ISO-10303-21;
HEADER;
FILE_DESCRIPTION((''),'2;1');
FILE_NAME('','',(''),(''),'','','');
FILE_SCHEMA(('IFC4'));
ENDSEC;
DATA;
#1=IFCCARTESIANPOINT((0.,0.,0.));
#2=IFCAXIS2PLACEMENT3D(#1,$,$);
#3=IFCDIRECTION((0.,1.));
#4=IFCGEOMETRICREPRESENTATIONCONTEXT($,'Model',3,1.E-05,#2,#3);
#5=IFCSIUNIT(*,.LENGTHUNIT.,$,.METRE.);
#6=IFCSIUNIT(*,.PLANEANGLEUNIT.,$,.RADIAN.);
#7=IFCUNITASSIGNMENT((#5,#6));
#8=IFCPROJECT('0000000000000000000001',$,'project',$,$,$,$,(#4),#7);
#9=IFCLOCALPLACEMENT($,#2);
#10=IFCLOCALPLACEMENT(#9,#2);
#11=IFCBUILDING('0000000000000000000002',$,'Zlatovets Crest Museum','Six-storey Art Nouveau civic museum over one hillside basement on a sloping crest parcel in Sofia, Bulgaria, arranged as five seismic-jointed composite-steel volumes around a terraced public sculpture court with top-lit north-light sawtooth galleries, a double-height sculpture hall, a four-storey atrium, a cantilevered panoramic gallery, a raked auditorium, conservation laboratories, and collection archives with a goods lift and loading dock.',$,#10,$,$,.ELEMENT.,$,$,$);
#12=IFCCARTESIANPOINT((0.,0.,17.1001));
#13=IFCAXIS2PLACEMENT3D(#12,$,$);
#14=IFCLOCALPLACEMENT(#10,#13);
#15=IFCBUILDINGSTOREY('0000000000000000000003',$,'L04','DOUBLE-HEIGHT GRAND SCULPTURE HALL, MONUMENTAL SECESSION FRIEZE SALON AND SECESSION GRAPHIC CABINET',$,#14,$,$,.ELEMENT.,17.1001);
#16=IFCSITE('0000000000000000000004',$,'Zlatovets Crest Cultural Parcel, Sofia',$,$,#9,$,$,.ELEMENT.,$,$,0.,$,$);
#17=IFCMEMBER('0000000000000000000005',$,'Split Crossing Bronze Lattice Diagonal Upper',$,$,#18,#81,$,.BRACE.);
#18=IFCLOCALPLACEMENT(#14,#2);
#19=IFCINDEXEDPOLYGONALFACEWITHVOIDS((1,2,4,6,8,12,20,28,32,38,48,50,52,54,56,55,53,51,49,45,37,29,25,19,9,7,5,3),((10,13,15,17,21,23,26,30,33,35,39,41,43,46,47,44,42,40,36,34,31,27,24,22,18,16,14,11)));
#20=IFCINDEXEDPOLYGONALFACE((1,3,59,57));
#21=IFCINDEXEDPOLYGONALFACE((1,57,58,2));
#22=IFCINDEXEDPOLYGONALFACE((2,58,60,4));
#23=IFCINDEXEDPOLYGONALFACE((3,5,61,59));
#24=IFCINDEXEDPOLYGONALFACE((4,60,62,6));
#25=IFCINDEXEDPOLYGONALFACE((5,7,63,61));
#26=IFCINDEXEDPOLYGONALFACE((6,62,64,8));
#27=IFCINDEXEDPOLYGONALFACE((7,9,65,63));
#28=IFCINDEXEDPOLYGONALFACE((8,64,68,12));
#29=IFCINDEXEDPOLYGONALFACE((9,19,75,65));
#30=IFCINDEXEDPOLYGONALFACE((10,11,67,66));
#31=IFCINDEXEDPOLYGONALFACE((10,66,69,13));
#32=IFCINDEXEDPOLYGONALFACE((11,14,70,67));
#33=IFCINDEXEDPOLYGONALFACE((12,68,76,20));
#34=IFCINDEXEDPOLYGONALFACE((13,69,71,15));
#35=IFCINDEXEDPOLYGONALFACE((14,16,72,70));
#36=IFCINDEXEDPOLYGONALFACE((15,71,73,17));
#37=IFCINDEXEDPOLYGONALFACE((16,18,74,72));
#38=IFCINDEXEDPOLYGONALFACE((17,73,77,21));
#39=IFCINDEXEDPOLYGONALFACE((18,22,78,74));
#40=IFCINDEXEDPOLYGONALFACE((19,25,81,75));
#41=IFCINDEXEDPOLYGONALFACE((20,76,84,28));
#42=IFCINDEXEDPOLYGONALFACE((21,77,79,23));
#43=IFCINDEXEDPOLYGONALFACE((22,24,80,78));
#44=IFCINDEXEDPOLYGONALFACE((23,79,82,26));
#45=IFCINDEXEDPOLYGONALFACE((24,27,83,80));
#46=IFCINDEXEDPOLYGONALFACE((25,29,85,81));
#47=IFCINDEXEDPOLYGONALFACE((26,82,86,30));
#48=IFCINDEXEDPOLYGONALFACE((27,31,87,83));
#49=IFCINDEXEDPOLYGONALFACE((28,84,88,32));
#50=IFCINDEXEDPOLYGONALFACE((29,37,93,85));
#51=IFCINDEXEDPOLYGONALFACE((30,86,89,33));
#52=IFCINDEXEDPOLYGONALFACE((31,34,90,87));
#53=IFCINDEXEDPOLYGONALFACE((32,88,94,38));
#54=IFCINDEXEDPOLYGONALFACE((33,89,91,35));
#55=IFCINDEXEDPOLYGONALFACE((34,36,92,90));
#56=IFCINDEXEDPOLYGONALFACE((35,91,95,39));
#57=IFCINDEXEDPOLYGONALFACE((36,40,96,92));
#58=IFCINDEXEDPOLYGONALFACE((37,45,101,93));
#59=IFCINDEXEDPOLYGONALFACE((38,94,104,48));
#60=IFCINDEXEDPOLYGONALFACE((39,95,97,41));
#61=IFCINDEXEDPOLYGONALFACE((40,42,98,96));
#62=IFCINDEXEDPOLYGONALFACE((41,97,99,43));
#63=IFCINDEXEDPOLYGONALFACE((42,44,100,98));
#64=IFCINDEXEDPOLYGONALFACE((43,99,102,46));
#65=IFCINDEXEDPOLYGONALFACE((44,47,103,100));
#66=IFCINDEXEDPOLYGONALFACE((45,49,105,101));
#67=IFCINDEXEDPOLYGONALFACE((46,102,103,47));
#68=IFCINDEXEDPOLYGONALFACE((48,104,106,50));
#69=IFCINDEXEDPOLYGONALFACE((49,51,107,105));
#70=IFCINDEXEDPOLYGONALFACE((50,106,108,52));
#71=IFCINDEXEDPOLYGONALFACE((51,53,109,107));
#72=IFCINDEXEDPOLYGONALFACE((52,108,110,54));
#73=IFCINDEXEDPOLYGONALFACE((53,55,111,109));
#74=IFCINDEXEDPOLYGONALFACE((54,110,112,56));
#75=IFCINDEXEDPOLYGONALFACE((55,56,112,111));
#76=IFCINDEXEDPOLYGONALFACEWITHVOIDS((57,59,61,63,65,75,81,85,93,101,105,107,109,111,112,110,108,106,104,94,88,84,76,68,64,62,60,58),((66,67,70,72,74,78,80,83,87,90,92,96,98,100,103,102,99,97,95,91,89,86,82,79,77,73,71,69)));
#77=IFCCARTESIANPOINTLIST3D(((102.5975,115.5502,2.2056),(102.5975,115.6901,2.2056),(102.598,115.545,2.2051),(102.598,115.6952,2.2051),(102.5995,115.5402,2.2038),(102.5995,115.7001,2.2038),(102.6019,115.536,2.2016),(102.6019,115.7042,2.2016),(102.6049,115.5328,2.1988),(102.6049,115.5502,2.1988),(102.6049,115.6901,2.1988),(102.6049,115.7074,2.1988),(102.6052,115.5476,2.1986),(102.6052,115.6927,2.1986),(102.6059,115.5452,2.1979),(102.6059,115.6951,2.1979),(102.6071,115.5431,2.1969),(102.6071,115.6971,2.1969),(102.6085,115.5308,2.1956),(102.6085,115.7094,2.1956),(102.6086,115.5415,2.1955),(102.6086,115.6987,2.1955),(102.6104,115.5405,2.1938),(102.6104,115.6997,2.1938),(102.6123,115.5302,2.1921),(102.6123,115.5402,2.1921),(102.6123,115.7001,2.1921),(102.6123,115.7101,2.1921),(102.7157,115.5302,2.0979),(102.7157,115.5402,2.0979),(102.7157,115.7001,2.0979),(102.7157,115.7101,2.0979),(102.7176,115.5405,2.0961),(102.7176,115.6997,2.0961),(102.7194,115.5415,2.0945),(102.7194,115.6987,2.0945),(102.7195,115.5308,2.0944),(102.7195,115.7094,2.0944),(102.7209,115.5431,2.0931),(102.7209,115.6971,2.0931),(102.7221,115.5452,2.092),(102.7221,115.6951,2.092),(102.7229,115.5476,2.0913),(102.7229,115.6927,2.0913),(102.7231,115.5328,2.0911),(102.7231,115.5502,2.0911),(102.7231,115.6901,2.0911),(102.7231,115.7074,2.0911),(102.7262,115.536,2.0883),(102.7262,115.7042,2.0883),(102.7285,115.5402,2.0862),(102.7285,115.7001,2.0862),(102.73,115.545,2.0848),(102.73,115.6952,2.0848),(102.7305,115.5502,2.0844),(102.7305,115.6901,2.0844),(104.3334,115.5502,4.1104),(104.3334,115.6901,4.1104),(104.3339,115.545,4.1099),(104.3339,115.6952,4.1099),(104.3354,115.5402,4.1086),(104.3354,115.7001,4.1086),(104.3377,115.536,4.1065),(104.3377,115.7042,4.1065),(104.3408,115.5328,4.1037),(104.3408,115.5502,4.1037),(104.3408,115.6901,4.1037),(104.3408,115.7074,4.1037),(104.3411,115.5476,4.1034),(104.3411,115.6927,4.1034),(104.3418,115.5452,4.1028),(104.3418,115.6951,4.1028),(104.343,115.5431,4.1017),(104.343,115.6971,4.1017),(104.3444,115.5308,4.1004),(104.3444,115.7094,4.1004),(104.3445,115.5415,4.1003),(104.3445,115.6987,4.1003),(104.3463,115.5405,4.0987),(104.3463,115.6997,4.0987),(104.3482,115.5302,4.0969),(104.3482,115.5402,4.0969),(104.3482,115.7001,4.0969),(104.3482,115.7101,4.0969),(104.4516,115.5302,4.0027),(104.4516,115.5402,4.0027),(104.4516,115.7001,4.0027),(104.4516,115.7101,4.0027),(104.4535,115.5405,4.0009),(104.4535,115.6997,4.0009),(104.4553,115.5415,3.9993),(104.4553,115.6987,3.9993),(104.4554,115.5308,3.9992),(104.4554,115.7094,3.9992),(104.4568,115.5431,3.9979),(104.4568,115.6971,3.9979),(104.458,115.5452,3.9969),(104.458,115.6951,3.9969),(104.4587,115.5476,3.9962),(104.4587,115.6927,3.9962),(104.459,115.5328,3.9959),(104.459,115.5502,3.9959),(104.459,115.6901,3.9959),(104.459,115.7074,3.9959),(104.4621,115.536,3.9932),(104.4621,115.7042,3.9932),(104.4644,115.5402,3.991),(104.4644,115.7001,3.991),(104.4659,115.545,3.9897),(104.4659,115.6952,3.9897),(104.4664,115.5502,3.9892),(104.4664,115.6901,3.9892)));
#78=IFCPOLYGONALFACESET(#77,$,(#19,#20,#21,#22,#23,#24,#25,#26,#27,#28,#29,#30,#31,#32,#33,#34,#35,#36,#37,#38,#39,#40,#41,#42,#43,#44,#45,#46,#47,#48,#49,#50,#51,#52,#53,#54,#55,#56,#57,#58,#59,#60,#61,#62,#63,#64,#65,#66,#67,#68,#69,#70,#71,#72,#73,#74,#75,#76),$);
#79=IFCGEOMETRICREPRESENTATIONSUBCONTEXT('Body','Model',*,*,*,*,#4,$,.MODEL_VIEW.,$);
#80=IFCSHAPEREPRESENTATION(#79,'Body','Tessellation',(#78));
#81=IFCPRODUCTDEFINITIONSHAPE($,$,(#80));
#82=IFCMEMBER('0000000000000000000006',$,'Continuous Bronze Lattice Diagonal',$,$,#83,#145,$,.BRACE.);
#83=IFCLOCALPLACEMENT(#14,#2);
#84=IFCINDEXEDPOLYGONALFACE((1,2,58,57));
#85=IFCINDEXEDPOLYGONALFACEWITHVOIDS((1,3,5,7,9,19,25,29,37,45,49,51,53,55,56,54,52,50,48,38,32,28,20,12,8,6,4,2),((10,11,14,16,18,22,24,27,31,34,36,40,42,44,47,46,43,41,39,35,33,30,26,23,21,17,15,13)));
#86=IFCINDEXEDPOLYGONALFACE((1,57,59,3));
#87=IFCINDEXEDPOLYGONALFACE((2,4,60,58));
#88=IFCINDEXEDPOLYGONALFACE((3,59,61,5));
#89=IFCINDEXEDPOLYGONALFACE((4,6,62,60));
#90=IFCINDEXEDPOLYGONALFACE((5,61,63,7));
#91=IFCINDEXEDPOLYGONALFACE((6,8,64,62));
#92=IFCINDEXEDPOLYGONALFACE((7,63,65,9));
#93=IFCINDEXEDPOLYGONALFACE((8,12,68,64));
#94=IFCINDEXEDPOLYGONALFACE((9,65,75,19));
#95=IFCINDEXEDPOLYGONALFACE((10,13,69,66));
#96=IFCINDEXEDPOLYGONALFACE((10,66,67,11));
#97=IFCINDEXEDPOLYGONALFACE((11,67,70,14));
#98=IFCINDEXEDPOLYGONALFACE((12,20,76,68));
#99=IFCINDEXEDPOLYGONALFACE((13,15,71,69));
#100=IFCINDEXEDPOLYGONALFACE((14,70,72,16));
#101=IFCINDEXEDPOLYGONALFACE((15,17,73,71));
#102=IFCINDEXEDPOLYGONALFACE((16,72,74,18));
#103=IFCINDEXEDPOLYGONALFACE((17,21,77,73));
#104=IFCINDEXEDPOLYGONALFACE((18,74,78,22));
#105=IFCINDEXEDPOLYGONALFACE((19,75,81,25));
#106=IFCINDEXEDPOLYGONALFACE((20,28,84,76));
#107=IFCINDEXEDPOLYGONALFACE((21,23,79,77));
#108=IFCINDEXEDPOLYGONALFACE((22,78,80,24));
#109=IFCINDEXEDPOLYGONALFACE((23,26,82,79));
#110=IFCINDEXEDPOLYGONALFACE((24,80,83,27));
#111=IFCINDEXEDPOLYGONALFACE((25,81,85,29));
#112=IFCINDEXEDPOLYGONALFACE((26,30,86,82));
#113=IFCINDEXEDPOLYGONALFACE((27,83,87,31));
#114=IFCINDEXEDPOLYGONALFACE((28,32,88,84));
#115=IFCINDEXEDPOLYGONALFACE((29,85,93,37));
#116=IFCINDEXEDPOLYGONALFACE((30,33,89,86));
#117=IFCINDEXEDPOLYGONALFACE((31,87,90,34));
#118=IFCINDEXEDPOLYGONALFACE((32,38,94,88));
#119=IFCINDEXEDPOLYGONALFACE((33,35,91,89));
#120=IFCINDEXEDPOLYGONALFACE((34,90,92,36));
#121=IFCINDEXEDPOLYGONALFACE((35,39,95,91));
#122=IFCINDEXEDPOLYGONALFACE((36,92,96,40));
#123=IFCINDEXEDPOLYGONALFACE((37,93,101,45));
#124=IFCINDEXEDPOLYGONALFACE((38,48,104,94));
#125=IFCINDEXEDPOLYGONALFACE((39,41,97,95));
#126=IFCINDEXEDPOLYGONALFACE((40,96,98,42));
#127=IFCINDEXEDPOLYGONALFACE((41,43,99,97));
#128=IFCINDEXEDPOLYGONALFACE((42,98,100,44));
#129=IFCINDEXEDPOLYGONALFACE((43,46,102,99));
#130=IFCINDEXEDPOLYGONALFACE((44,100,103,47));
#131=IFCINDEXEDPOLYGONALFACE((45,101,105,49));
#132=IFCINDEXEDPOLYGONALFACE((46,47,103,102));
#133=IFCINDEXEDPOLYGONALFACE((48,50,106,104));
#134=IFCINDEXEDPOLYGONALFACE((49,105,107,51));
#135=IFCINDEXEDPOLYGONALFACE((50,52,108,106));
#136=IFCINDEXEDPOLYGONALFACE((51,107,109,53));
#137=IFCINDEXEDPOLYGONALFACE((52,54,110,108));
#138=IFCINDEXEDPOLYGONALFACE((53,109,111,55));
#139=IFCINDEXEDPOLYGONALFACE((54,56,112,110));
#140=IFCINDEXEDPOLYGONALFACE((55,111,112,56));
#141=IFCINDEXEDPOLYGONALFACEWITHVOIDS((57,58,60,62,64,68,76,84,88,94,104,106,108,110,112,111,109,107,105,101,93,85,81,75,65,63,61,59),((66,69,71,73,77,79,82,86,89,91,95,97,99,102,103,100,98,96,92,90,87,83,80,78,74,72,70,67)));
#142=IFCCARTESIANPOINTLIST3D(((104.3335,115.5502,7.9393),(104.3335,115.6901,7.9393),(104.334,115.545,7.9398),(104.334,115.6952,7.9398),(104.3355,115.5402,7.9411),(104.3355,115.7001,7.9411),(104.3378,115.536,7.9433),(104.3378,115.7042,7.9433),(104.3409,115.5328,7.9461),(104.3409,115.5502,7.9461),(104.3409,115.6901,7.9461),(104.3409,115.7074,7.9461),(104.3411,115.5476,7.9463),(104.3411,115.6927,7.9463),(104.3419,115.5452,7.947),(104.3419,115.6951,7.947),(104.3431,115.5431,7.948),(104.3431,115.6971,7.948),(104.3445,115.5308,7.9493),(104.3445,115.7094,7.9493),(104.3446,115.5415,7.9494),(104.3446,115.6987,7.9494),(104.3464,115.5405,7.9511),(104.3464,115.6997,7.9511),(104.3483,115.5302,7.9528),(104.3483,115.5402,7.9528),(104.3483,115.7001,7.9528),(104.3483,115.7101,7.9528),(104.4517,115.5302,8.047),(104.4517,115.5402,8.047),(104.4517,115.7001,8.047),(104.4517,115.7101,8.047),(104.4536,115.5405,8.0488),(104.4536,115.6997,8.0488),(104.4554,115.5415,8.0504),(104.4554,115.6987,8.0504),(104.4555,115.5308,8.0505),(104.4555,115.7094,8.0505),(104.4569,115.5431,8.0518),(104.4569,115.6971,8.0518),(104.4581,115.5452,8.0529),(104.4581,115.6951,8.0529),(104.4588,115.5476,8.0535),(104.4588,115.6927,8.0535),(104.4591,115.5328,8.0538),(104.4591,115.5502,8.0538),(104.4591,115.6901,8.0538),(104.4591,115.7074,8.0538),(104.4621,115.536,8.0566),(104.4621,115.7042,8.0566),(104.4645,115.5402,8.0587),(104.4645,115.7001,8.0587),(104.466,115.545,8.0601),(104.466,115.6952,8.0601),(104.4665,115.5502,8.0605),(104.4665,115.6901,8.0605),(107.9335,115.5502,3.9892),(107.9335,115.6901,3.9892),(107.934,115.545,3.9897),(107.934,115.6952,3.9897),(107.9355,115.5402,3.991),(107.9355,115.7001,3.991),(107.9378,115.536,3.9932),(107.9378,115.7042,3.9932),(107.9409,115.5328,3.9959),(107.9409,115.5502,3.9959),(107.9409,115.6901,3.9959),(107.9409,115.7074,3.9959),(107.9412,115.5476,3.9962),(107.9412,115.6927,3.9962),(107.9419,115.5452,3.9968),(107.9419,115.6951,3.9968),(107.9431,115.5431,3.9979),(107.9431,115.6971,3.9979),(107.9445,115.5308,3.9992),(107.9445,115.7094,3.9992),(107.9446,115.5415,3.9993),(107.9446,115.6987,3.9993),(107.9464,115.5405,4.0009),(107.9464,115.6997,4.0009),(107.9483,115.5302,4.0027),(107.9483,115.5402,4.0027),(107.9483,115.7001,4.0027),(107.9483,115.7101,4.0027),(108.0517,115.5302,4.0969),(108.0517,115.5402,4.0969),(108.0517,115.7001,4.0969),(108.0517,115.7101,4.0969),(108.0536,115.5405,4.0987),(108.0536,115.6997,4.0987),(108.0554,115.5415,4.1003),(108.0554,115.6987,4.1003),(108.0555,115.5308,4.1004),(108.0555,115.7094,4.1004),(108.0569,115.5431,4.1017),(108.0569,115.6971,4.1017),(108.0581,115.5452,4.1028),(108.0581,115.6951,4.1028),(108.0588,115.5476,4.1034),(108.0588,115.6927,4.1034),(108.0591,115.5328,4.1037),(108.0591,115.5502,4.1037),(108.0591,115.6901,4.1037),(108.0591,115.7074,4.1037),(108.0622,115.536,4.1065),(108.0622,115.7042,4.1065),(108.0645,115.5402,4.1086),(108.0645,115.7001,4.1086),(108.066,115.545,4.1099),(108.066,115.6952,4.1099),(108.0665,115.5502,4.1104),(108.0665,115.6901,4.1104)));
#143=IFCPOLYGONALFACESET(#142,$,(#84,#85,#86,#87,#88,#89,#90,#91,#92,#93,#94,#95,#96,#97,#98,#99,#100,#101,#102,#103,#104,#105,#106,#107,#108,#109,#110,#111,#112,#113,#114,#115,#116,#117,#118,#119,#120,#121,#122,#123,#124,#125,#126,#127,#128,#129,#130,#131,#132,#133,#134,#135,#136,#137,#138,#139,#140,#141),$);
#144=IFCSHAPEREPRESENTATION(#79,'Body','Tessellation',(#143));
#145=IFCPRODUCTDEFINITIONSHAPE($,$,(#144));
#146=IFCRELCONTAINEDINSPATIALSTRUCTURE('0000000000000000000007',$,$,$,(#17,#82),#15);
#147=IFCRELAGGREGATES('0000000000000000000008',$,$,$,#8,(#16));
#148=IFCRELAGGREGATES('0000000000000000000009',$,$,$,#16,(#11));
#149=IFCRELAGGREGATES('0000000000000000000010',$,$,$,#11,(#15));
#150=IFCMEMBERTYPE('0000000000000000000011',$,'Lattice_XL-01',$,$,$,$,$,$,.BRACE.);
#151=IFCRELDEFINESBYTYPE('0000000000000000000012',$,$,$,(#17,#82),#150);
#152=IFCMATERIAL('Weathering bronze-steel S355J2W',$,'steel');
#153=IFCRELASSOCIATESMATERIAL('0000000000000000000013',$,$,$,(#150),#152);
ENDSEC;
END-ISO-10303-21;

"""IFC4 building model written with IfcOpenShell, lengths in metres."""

from ifc_helpers import new_model, si_unit, direction, frame, origin, origin_2d, place, context, subcontext, project, spatial, hollow_rectangle, extrude, material, material_profile, profile_set, type_object, element, save


model = new_model("IFC4")

# Units and contexts
model_context = context("Model", 3, precision=1e-05, world=origin(), true_north=direction((0.0, 1.0)))
body_context = subcontext(model_context, "Body", "Model", "MODEL_VIEW")
ifc_project = project(units=[si_unit("LENGTHUNIT", "METRE"), si_unit("PLANEANGLEUNIT", "RADIAN")], contexts=[model_context])

# Site, building, storey
site_placement = place(None, origin())
site = spatial("IfcSite", under=ifc_project, at=site_placement, Name="Zlatovets Crest Cultural Parcel, Sofia", CompositionType="ELEMENT", RefElevation=0.0)
building_placement = place(site_placement, origin())
building = spatial("IfcBuilding", under=site, at=building_placement, Name="Zlatovets Crest Museum", Description="Six-storey Art Nouveau civic museum over one hillside basement on a sloping crest parcel in Sofia, Bulgaria, arranged as five seismic-jointed composite-steel volumes around a terraced public sculpture court with top-lit north-light sawtooth galleries, a double-height sculpture hall, a four-storey atrium, a cantilevered panoramic gallery, a raked auditorium, conservation laboratories, and collection archives with a goods lift and loading dock.", CompositionType="ELEMENT")
storey_placement = place(building_placement, frame((0.0, 0.0, 17.1001)))
storey = spatial("IfcBuildingStorey", under=building, at=storey_placement, Name="L04", Description="DOUBLE-HEIGHT GRAND SCULPTURE HALL, MONUMENTAL SECESSION FRIEZE SALON AND SECESSION GRAPHIC CABINET", CompositionType="ELEMENT", Elevation=17.1001)

# Members
ifc_material_1 = material(Name="Weathering bronze-steel S355J2W", Category="steel")
ifc_material_profile_1 = material_profile(ifc_material_1, hollow_rectangle(XDim=0.1799, YDim=0.1799, WallThickness=0.01, InnerFilletRadius=0.01, OuterFilletRadius=0.02, at=origin_2d()), Name="SHS 180x180x10.0")
ifc_profile_set_1 = profile_set([ifc_material_profile_1], Name="Weathering bronze-steel S355J2W")
member_type_1 = type_object("IfcMemberType", Name="Lattice_XL-01", PredefinedType="BRACE", material=ifc_profile_set_1)
for number, where, z_axis, x_axis, name in (
    (1, (104.3999, 115.6201, 4.0498), (-0.673568, 0.0, -0.739125), (0.0, -1.0, 0.0), "Split Crossing Bronze Lattice Diagonal Upper"),
):
    element("IfcMember", number, at=place(storey_placement, frame(where, z_axis=z_axis, x_axis=x_axis)), inside=storey, type_object=member_type_1, Name=name, PredefinedType="BRACE", context=body_context, shape_type="SweptSolid", body=[
        extrude(hollow_rectangle(XDim=0.1799, YDim=0.1799, WallThickness=0.01, InnerFilletRadius=0.01, OuterFilletRadius=0.02, at=origin_2d()), origin(), (0.0, 0.0, 1.0), 2.5771),
    ])
member_1_placement = place(storey_placement, frame((108.0, 115.6201, 4.0498), z_axis=(-0.673595, 0.0, 0.7391), x_axis=(0.0, -1.0, 0.0)))
element("IfcMember", 2, at=member_1_placement, inside=storey, type_object=member_type_1, Name="Continuous Bronze Lattice Diagonal", PredefinedType="BRACE", context=body_context, shape_type="SweptSolid", body=[
    extrude(hollow_rectangle(XDim=0.1799, YDim=0.1799, WallThickness=0.01, InnerFilletRadius=0.01, OuterFilletRadius=0.02, at=origin_2d()), origin(), (0.0, 0.0, 1.0), 5.3445),
])

save(model, "model.ifc")
